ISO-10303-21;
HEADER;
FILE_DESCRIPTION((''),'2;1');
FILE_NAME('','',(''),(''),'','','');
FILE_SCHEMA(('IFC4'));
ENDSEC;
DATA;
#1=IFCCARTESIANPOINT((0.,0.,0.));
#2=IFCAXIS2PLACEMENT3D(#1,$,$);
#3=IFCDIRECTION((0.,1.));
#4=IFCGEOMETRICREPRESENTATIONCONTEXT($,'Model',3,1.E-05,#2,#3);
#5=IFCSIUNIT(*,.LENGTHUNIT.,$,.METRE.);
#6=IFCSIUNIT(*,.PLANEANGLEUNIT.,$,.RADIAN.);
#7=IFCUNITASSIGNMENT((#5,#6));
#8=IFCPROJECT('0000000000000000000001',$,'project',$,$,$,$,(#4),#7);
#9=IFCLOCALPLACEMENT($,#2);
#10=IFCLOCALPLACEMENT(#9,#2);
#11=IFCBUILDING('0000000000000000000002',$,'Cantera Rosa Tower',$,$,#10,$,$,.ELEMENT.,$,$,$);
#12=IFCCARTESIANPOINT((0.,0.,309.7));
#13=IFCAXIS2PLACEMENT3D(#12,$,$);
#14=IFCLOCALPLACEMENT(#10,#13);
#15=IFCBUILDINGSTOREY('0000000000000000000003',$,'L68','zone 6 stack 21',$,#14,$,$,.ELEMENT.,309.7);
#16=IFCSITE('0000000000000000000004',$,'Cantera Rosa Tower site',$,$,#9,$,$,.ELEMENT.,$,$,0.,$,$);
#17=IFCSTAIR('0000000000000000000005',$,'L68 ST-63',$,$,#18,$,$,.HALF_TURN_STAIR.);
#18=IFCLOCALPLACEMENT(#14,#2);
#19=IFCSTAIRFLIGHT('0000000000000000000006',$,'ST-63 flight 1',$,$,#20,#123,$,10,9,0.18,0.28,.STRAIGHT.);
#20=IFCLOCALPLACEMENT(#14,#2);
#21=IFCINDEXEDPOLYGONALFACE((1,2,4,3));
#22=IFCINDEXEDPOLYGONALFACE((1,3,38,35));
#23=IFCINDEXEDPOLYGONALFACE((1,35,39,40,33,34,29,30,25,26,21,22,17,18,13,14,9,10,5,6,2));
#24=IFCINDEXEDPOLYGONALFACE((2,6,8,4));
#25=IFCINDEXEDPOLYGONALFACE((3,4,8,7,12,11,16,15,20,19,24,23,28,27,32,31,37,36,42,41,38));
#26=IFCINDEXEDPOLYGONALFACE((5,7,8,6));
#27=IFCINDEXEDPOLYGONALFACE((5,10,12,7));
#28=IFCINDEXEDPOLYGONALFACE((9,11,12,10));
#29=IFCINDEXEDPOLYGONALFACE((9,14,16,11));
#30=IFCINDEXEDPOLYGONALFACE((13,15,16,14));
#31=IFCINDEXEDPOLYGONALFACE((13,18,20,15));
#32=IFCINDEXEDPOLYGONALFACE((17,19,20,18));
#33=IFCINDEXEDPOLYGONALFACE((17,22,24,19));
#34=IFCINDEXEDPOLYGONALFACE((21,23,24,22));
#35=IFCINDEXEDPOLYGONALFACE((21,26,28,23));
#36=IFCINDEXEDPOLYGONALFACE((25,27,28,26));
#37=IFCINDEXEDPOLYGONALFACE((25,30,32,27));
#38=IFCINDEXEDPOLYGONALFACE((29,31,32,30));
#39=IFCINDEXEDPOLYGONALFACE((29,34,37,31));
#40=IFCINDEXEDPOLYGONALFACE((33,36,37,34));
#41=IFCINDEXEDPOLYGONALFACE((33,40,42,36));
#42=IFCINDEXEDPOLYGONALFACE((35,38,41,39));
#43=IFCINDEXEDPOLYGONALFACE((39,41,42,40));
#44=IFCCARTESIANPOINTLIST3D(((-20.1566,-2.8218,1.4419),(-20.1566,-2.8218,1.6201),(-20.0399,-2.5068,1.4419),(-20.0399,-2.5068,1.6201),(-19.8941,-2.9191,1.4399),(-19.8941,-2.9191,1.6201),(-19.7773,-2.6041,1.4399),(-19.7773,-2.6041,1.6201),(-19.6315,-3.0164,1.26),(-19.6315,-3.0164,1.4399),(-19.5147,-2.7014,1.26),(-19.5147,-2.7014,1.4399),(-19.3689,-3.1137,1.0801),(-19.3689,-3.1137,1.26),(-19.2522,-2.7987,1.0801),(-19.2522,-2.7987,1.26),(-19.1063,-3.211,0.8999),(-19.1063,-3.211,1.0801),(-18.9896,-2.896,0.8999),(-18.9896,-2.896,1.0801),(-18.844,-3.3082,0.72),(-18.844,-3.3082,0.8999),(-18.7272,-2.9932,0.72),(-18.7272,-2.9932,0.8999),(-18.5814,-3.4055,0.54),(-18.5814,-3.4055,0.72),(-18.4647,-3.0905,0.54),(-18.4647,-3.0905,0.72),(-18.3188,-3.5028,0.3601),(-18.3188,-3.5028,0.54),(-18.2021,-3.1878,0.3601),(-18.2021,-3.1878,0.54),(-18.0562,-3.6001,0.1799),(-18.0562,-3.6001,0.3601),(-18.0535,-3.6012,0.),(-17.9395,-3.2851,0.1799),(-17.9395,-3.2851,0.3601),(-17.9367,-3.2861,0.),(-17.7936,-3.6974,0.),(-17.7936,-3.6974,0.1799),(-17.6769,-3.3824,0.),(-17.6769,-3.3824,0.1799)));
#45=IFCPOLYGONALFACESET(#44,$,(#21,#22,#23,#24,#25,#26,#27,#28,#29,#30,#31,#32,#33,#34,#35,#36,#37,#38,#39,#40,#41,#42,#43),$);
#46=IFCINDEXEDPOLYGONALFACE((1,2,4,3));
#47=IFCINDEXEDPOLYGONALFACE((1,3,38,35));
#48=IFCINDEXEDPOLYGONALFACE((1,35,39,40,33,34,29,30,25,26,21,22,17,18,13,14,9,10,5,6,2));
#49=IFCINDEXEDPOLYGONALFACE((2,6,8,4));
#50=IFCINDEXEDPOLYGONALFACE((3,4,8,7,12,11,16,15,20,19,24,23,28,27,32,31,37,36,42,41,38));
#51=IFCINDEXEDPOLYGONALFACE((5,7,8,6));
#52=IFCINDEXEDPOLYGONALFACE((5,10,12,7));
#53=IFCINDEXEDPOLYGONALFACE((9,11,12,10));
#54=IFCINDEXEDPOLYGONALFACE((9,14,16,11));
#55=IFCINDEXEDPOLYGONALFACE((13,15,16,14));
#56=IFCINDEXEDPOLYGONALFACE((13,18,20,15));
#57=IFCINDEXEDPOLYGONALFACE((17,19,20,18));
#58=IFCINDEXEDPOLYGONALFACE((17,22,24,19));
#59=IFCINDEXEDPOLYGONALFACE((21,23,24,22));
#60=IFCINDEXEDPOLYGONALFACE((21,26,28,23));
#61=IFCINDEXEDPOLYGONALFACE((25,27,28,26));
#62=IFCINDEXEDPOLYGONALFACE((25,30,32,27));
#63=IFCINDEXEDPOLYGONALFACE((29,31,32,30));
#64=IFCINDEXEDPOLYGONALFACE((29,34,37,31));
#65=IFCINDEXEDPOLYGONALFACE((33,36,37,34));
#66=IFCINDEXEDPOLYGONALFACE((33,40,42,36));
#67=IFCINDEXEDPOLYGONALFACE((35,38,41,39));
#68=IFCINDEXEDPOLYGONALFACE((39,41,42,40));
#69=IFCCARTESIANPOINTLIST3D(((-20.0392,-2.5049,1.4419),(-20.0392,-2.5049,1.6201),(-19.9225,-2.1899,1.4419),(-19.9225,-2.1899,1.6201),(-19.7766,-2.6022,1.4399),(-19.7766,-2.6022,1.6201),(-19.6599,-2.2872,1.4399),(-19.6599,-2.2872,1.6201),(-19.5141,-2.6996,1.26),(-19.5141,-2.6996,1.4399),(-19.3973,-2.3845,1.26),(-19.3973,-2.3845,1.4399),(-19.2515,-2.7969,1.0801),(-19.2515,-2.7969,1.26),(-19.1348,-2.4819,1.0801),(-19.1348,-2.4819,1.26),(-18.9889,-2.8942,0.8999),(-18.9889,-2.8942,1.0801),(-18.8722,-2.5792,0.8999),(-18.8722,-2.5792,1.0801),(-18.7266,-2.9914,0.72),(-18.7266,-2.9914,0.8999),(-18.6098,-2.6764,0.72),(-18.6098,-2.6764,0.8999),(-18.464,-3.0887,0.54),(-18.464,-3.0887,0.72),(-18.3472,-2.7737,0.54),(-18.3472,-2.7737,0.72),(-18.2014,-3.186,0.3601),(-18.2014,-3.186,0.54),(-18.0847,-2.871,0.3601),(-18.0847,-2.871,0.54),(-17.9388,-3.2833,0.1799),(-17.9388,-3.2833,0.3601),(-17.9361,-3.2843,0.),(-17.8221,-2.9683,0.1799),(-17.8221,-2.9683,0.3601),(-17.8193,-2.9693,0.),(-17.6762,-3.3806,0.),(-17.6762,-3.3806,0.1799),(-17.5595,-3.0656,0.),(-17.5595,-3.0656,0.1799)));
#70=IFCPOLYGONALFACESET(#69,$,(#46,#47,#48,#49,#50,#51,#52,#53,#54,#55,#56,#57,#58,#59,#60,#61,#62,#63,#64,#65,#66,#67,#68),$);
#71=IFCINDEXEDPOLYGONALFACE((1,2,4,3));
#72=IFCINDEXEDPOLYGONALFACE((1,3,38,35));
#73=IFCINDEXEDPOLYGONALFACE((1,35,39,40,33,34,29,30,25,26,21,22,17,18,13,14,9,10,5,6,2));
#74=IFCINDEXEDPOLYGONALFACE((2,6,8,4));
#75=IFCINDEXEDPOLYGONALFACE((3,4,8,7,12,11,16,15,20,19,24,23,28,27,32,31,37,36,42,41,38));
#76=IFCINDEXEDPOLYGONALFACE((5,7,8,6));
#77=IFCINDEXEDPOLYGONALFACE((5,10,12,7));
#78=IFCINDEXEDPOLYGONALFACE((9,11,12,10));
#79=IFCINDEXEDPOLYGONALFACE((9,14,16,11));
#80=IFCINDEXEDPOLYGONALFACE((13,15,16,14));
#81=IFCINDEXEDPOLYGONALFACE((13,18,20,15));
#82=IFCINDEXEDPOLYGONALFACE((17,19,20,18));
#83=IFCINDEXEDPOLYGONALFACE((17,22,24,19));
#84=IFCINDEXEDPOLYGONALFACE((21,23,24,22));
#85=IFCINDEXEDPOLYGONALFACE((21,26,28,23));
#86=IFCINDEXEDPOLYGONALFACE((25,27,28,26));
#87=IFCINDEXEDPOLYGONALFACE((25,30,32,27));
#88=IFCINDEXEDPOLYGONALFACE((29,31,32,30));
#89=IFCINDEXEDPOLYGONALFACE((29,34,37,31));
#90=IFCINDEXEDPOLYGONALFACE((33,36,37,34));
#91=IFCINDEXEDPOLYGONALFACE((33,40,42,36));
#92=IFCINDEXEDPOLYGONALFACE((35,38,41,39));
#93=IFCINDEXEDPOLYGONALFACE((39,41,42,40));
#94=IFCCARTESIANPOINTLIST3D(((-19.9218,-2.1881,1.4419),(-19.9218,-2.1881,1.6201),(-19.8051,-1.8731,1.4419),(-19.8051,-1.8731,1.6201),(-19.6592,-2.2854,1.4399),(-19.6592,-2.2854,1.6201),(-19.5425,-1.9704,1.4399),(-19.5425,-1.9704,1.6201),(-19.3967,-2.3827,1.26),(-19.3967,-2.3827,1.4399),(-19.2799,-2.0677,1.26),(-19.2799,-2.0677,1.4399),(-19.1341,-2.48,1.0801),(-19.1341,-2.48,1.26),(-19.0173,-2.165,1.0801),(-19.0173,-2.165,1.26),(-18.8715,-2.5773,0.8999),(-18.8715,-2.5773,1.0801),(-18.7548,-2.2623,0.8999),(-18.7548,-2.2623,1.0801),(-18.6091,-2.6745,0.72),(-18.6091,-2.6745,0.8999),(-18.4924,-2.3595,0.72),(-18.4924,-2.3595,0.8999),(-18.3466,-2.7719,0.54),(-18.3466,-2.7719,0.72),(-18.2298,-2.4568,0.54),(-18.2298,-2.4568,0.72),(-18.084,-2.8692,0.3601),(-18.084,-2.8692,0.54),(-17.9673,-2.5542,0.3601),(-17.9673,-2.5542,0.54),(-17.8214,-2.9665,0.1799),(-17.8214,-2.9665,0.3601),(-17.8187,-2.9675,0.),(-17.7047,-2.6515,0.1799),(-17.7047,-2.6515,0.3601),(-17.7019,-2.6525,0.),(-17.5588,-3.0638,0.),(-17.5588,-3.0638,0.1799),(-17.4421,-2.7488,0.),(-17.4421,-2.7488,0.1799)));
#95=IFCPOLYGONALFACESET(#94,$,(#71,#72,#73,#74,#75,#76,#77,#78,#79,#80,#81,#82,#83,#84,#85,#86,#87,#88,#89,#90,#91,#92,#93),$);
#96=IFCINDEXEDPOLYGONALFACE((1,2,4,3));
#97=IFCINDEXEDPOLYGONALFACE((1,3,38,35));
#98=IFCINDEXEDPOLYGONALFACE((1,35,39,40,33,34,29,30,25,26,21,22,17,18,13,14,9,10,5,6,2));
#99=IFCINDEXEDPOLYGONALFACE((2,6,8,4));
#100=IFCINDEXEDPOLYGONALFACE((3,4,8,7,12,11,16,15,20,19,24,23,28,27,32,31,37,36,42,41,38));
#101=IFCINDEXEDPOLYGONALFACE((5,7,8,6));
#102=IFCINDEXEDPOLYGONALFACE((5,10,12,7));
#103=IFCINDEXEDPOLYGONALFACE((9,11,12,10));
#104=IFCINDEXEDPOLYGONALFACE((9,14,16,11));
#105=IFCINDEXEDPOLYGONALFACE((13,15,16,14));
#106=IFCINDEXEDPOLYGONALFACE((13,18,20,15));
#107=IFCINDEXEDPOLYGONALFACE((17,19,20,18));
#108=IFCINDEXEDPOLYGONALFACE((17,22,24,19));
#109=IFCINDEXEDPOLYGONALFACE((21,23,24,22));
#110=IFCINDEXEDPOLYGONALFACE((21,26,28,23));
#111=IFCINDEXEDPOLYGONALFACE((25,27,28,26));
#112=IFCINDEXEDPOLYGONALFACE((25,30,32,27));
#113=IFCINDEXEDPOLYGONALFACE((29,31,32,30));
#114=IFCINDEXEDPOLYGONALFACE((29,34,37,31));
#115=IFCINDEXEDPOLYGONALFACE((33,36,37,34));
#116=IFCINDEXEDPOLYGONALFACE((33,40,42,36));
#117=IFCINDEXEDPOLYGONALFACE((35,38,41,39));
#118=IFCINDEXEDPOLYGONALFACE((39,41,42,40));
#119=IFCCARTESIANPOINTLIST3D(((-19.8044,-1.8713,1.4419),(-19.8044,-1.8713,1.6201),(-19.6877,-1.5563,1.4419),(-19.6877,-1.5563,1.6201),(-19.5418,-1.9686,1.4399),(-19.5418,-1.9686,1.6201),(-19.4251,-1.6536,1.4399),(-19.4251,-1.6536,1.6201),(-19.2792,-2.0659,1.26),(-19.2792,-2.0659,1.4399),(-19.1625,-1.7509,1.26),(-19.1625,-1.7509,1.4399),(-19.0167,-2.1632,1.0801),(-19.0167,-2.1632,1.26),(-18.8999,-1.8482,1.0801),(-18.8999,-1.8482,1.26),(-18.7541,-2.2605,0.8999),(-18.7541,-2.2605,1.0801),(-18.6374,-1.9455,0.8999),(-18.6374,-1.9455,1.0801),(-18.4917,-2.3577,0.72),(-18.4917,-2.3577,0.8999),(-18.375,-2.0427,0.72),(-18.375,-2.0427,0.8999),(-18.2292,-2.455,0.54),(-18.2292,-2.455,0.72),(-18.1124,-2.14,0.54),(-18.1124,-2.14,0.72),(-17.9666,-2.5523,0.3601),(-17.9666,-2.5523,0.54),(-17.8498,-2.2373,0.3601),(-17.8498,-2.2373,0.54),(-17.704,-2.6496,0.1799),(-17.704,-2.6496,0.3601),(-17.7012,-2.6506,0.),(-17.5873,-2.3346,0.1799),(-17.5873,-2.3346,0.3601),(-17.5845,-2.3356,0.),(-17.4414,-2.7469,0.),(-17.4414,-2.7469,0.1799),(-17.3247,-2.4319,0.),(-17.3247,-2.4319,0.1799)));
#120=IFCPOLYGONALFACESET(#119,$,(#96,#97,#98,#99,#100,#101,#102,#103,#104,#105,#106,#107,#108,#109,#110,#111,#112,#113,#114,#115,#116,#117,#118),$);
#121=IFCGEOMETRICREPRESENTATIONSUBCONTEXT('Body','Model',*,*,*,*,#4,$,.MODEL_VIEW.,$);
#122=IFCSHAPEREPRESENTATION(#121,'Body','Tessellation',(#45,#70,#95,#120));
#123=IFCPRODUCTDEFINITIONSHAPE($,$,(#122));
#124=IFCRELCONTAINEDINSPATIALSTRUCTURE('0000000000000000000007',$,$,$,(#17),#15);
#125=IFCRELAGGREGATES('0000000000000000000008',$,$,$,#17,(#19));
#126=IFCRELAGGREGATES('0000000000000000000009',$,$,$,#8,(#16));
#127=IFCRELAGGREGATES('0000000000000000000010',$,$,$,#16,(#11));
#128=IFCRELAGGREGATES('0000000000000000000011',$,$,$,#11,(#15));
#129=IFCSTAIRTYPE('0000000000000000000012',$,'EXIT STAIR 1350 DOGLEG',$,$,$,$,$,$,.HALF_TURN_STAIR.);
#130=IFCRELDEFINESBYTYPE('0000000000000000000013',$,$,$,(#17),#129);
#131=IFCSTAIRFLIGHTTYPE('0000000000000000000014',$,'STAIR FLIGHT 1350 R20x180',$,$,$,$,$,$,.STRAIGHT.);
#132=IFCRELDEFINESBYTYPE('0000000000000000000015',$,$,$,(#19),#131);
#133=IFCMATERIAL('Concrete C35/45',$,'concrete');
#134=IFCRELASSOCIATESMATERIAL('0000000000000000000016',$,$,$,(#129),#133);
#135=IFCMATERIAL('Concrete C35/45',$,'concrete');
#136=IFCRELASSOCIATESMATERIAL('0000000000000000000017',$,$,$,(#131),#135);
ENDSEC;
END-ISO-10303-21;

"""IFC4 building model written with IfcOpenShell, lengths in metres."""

from ifc_helpers import new_model, si_unit, direction, frame, origin, place, context, subcontext, project, spatial, polyline, outline, extrude, material, type_object, element, aggregate, save


model = new_model("IFC4")

# Units and contexts
model_context = context("Model", 3, precision=1e-05, world=origin(), true_north=direction((0.0, 1.0)))
body_context = subcontext(model_context, "Body", "Model", "MODEL_VIEW")
ifc_project = project(units=[si_unit("LENGTHUNIT", "METRE"), si_unit("PLANEANGLEUNIT", "RADIAN")], contexts=[model_context])

# Site, building, storey
site_placement = place(None, origin())
site = spatial("IfcSite", under=ifc_project, at=site_placement, Name="Cantera Rosa Tower site", CompositionType="ELEMENT", RefElevation=0.0)
building_placement = place(site_placement, origin())
building = spatial("IfcBuilding", under=site, at=building_placement, Name="Cantera Rosa Tower", CompositionType="ELEMENT")
storey_placement = place(building_placement, frame((0.0, 0.0, 309.7)))
storey = spatial("IfcBuildingStorey", under=building, at=storey_placement, Name="L68", Description="zone 6 stack 21", CompositionType="ELEMENT", Elevation=309.7)

# Stair, stair flight
ifc_material_1 = material(Name="Concrete C35/45", Category="concrete")
stair_type = type_object("IfcStairType", Name="EXIT STAIR 1350 DOGLEG", PredefinedType="HALF_TURN_STAIR", material=ifc_material_1)
stair_placement = place(storey_placement, origin())
stair = element("IfcStair", 1, at=stair_placement, inside=storey, type_object=stair_type, Name="L68 ST-63", PredefinedType="HALF_TURN_STAIR")
ifc_material_2 = material(Name="Concrete C35/45", Category="concrete")
stair_flight_type = type_object("IfcStairFlightType", Name="STAIR FLIGHT 1350 R20x180", PredefinedType="STRAIGHT", material=ifc_material_2)
stair_flight_1_placement = place(storey_placement, frame((-17.5591, -3.0645, 0.0), z_axis=(0.0, 0.0, 1.0), x_axis=(-0.937687, 0.347481, 0.0)))
stair_flight_1 = element("IfcStairFlight", 2, at=stair_flight_1_placement, type_object=stair_flight_type, Name="ST-63 flight 1", NumberOfRisers=10, NumberOfTreads=9, PredefinedType="STRAIGHT", RiserHeight=0.18, TreadLength=0.28, context=body_context, shape_type="SweptSolid", body=[
    extrude(outline(polyline([(0.0, 0.0), (0.0, 0.1799), (0.28, 0.1799), (0.28, 0.3601), (0.5601, 0.3601), (0.5601, 0.54), (0.8401, 0.54), (0.8401, 0.72), (1.1201, 0.72), (1.1201, 0.8999), (1.3999, 0.8999), (1.3999, 1.0801), (1.6799, 1.0801), (1.6799, 1.26), (1.96, 1.26), (1.96, 1.4399), (2.24, 1.4399), (2.24, 1.6201), (2.52, 1.6201), (2.52, 1.8), (2.52, 1.4419), (0.2771, 0.0), (0.0, 0.0)])), frame((0.0, 0.675, 0.0), z_axis=(0.0, -1.0, 0.0), x_axis=(1.0, 0.0, 0.0)), (0.0, 0.0, 1.0), 0.3359),
    extrude(outline(polyline([(0.0, 0.0), (0.0, 0.1799), (0.28, 0.1799), (0.28, 0.3601), (0.5601, 0.3601), (0.5601, 0.54), (0.8401, 0.54), (0.8401, 0.72), (1.1201, 0.72), (1.1201, 0.8999), (1.3999, 0.8999), (1.3999, 1.0801), (1.6799, 1.0801), (1.6799, 1.26), (1.96, 1.26), (1.96, 1.4399), (2.24, 1.4399), (2.24, 1.6201), (2.52, 1.6201), (2.52, 1.8), (2.52, 1.4419), (0.2771, 0.0), (0.0, 0.0)])), frame((0.0, 0.3372, 0.0), z_axis=(0.0, -1.0, 0.0), x_axis=(1.0, 0.0, 0.0)), (0.0, 0.0, 1.0), 0.3359),
    extrude(outline(polyline([(0.0, 0.0), (0.0, 0.1799), (0.28, 0.1799), (0.28, 0.3601), (0.5601, 0.3601), (0.5601, 0.54), (0.8401, 0.54), (0.8401, 0.72), (1.1201, 0.72), (1.1201, 0.8999), (1.3999, 0.8999), (1.3999, 1.0801), (1.6799, 1.0801), (1.6799, 1.26), (1.96, 1.26), (1.96, 1.4399), (2.24, 1.4399), (2.24, 1.6201), (2.52, 1.6201), (2.52, 1.8), (2.52, 1.4419), (0.2771, 0.0), (0.0, 0.0)])), frame((0.0, -0.0007, 0.0), z_axis=(0.0, -1.0, 0.0), x_axis=(1.0, 0.0, 0.0)), (0.0, 0.0, 1.0), 0.3359),
    extrude(outline(polyline([(0.0, 0.0), (0.0, 0.1799), (0.28, 0.1799), (0.28, 0.3601), (0.5601, 0.3601), (0.5601, 0.54), (0.8401, 0.54), (0.8401, 0.72), (1.1201, 0.72), (1.1201, 0.8999), (1.3999, 0.8999), (1.3999, 1.0801), (1.6799, 1.0801), (1.6799, 1.26), (1.96, 1.26), (1.96, 1.4399), (2.24, 1.4399), (2.24, 1.6201), (2.52, 1.6201), (2.52, 1.8), (2.52, 1.4419), (0.2771, 0.0), (0.0, 0.0)])), frame((0.0, -0.3386, 0.0), z_axis=(0.0, -1.0, 0.0), x_axis=(1.0, 0.0, 0.0)), (0.0, 0.0, 1.0), 0.3359),
])
aggregate(stair, [stair_flight_1])

save(model, "model.ifc")
